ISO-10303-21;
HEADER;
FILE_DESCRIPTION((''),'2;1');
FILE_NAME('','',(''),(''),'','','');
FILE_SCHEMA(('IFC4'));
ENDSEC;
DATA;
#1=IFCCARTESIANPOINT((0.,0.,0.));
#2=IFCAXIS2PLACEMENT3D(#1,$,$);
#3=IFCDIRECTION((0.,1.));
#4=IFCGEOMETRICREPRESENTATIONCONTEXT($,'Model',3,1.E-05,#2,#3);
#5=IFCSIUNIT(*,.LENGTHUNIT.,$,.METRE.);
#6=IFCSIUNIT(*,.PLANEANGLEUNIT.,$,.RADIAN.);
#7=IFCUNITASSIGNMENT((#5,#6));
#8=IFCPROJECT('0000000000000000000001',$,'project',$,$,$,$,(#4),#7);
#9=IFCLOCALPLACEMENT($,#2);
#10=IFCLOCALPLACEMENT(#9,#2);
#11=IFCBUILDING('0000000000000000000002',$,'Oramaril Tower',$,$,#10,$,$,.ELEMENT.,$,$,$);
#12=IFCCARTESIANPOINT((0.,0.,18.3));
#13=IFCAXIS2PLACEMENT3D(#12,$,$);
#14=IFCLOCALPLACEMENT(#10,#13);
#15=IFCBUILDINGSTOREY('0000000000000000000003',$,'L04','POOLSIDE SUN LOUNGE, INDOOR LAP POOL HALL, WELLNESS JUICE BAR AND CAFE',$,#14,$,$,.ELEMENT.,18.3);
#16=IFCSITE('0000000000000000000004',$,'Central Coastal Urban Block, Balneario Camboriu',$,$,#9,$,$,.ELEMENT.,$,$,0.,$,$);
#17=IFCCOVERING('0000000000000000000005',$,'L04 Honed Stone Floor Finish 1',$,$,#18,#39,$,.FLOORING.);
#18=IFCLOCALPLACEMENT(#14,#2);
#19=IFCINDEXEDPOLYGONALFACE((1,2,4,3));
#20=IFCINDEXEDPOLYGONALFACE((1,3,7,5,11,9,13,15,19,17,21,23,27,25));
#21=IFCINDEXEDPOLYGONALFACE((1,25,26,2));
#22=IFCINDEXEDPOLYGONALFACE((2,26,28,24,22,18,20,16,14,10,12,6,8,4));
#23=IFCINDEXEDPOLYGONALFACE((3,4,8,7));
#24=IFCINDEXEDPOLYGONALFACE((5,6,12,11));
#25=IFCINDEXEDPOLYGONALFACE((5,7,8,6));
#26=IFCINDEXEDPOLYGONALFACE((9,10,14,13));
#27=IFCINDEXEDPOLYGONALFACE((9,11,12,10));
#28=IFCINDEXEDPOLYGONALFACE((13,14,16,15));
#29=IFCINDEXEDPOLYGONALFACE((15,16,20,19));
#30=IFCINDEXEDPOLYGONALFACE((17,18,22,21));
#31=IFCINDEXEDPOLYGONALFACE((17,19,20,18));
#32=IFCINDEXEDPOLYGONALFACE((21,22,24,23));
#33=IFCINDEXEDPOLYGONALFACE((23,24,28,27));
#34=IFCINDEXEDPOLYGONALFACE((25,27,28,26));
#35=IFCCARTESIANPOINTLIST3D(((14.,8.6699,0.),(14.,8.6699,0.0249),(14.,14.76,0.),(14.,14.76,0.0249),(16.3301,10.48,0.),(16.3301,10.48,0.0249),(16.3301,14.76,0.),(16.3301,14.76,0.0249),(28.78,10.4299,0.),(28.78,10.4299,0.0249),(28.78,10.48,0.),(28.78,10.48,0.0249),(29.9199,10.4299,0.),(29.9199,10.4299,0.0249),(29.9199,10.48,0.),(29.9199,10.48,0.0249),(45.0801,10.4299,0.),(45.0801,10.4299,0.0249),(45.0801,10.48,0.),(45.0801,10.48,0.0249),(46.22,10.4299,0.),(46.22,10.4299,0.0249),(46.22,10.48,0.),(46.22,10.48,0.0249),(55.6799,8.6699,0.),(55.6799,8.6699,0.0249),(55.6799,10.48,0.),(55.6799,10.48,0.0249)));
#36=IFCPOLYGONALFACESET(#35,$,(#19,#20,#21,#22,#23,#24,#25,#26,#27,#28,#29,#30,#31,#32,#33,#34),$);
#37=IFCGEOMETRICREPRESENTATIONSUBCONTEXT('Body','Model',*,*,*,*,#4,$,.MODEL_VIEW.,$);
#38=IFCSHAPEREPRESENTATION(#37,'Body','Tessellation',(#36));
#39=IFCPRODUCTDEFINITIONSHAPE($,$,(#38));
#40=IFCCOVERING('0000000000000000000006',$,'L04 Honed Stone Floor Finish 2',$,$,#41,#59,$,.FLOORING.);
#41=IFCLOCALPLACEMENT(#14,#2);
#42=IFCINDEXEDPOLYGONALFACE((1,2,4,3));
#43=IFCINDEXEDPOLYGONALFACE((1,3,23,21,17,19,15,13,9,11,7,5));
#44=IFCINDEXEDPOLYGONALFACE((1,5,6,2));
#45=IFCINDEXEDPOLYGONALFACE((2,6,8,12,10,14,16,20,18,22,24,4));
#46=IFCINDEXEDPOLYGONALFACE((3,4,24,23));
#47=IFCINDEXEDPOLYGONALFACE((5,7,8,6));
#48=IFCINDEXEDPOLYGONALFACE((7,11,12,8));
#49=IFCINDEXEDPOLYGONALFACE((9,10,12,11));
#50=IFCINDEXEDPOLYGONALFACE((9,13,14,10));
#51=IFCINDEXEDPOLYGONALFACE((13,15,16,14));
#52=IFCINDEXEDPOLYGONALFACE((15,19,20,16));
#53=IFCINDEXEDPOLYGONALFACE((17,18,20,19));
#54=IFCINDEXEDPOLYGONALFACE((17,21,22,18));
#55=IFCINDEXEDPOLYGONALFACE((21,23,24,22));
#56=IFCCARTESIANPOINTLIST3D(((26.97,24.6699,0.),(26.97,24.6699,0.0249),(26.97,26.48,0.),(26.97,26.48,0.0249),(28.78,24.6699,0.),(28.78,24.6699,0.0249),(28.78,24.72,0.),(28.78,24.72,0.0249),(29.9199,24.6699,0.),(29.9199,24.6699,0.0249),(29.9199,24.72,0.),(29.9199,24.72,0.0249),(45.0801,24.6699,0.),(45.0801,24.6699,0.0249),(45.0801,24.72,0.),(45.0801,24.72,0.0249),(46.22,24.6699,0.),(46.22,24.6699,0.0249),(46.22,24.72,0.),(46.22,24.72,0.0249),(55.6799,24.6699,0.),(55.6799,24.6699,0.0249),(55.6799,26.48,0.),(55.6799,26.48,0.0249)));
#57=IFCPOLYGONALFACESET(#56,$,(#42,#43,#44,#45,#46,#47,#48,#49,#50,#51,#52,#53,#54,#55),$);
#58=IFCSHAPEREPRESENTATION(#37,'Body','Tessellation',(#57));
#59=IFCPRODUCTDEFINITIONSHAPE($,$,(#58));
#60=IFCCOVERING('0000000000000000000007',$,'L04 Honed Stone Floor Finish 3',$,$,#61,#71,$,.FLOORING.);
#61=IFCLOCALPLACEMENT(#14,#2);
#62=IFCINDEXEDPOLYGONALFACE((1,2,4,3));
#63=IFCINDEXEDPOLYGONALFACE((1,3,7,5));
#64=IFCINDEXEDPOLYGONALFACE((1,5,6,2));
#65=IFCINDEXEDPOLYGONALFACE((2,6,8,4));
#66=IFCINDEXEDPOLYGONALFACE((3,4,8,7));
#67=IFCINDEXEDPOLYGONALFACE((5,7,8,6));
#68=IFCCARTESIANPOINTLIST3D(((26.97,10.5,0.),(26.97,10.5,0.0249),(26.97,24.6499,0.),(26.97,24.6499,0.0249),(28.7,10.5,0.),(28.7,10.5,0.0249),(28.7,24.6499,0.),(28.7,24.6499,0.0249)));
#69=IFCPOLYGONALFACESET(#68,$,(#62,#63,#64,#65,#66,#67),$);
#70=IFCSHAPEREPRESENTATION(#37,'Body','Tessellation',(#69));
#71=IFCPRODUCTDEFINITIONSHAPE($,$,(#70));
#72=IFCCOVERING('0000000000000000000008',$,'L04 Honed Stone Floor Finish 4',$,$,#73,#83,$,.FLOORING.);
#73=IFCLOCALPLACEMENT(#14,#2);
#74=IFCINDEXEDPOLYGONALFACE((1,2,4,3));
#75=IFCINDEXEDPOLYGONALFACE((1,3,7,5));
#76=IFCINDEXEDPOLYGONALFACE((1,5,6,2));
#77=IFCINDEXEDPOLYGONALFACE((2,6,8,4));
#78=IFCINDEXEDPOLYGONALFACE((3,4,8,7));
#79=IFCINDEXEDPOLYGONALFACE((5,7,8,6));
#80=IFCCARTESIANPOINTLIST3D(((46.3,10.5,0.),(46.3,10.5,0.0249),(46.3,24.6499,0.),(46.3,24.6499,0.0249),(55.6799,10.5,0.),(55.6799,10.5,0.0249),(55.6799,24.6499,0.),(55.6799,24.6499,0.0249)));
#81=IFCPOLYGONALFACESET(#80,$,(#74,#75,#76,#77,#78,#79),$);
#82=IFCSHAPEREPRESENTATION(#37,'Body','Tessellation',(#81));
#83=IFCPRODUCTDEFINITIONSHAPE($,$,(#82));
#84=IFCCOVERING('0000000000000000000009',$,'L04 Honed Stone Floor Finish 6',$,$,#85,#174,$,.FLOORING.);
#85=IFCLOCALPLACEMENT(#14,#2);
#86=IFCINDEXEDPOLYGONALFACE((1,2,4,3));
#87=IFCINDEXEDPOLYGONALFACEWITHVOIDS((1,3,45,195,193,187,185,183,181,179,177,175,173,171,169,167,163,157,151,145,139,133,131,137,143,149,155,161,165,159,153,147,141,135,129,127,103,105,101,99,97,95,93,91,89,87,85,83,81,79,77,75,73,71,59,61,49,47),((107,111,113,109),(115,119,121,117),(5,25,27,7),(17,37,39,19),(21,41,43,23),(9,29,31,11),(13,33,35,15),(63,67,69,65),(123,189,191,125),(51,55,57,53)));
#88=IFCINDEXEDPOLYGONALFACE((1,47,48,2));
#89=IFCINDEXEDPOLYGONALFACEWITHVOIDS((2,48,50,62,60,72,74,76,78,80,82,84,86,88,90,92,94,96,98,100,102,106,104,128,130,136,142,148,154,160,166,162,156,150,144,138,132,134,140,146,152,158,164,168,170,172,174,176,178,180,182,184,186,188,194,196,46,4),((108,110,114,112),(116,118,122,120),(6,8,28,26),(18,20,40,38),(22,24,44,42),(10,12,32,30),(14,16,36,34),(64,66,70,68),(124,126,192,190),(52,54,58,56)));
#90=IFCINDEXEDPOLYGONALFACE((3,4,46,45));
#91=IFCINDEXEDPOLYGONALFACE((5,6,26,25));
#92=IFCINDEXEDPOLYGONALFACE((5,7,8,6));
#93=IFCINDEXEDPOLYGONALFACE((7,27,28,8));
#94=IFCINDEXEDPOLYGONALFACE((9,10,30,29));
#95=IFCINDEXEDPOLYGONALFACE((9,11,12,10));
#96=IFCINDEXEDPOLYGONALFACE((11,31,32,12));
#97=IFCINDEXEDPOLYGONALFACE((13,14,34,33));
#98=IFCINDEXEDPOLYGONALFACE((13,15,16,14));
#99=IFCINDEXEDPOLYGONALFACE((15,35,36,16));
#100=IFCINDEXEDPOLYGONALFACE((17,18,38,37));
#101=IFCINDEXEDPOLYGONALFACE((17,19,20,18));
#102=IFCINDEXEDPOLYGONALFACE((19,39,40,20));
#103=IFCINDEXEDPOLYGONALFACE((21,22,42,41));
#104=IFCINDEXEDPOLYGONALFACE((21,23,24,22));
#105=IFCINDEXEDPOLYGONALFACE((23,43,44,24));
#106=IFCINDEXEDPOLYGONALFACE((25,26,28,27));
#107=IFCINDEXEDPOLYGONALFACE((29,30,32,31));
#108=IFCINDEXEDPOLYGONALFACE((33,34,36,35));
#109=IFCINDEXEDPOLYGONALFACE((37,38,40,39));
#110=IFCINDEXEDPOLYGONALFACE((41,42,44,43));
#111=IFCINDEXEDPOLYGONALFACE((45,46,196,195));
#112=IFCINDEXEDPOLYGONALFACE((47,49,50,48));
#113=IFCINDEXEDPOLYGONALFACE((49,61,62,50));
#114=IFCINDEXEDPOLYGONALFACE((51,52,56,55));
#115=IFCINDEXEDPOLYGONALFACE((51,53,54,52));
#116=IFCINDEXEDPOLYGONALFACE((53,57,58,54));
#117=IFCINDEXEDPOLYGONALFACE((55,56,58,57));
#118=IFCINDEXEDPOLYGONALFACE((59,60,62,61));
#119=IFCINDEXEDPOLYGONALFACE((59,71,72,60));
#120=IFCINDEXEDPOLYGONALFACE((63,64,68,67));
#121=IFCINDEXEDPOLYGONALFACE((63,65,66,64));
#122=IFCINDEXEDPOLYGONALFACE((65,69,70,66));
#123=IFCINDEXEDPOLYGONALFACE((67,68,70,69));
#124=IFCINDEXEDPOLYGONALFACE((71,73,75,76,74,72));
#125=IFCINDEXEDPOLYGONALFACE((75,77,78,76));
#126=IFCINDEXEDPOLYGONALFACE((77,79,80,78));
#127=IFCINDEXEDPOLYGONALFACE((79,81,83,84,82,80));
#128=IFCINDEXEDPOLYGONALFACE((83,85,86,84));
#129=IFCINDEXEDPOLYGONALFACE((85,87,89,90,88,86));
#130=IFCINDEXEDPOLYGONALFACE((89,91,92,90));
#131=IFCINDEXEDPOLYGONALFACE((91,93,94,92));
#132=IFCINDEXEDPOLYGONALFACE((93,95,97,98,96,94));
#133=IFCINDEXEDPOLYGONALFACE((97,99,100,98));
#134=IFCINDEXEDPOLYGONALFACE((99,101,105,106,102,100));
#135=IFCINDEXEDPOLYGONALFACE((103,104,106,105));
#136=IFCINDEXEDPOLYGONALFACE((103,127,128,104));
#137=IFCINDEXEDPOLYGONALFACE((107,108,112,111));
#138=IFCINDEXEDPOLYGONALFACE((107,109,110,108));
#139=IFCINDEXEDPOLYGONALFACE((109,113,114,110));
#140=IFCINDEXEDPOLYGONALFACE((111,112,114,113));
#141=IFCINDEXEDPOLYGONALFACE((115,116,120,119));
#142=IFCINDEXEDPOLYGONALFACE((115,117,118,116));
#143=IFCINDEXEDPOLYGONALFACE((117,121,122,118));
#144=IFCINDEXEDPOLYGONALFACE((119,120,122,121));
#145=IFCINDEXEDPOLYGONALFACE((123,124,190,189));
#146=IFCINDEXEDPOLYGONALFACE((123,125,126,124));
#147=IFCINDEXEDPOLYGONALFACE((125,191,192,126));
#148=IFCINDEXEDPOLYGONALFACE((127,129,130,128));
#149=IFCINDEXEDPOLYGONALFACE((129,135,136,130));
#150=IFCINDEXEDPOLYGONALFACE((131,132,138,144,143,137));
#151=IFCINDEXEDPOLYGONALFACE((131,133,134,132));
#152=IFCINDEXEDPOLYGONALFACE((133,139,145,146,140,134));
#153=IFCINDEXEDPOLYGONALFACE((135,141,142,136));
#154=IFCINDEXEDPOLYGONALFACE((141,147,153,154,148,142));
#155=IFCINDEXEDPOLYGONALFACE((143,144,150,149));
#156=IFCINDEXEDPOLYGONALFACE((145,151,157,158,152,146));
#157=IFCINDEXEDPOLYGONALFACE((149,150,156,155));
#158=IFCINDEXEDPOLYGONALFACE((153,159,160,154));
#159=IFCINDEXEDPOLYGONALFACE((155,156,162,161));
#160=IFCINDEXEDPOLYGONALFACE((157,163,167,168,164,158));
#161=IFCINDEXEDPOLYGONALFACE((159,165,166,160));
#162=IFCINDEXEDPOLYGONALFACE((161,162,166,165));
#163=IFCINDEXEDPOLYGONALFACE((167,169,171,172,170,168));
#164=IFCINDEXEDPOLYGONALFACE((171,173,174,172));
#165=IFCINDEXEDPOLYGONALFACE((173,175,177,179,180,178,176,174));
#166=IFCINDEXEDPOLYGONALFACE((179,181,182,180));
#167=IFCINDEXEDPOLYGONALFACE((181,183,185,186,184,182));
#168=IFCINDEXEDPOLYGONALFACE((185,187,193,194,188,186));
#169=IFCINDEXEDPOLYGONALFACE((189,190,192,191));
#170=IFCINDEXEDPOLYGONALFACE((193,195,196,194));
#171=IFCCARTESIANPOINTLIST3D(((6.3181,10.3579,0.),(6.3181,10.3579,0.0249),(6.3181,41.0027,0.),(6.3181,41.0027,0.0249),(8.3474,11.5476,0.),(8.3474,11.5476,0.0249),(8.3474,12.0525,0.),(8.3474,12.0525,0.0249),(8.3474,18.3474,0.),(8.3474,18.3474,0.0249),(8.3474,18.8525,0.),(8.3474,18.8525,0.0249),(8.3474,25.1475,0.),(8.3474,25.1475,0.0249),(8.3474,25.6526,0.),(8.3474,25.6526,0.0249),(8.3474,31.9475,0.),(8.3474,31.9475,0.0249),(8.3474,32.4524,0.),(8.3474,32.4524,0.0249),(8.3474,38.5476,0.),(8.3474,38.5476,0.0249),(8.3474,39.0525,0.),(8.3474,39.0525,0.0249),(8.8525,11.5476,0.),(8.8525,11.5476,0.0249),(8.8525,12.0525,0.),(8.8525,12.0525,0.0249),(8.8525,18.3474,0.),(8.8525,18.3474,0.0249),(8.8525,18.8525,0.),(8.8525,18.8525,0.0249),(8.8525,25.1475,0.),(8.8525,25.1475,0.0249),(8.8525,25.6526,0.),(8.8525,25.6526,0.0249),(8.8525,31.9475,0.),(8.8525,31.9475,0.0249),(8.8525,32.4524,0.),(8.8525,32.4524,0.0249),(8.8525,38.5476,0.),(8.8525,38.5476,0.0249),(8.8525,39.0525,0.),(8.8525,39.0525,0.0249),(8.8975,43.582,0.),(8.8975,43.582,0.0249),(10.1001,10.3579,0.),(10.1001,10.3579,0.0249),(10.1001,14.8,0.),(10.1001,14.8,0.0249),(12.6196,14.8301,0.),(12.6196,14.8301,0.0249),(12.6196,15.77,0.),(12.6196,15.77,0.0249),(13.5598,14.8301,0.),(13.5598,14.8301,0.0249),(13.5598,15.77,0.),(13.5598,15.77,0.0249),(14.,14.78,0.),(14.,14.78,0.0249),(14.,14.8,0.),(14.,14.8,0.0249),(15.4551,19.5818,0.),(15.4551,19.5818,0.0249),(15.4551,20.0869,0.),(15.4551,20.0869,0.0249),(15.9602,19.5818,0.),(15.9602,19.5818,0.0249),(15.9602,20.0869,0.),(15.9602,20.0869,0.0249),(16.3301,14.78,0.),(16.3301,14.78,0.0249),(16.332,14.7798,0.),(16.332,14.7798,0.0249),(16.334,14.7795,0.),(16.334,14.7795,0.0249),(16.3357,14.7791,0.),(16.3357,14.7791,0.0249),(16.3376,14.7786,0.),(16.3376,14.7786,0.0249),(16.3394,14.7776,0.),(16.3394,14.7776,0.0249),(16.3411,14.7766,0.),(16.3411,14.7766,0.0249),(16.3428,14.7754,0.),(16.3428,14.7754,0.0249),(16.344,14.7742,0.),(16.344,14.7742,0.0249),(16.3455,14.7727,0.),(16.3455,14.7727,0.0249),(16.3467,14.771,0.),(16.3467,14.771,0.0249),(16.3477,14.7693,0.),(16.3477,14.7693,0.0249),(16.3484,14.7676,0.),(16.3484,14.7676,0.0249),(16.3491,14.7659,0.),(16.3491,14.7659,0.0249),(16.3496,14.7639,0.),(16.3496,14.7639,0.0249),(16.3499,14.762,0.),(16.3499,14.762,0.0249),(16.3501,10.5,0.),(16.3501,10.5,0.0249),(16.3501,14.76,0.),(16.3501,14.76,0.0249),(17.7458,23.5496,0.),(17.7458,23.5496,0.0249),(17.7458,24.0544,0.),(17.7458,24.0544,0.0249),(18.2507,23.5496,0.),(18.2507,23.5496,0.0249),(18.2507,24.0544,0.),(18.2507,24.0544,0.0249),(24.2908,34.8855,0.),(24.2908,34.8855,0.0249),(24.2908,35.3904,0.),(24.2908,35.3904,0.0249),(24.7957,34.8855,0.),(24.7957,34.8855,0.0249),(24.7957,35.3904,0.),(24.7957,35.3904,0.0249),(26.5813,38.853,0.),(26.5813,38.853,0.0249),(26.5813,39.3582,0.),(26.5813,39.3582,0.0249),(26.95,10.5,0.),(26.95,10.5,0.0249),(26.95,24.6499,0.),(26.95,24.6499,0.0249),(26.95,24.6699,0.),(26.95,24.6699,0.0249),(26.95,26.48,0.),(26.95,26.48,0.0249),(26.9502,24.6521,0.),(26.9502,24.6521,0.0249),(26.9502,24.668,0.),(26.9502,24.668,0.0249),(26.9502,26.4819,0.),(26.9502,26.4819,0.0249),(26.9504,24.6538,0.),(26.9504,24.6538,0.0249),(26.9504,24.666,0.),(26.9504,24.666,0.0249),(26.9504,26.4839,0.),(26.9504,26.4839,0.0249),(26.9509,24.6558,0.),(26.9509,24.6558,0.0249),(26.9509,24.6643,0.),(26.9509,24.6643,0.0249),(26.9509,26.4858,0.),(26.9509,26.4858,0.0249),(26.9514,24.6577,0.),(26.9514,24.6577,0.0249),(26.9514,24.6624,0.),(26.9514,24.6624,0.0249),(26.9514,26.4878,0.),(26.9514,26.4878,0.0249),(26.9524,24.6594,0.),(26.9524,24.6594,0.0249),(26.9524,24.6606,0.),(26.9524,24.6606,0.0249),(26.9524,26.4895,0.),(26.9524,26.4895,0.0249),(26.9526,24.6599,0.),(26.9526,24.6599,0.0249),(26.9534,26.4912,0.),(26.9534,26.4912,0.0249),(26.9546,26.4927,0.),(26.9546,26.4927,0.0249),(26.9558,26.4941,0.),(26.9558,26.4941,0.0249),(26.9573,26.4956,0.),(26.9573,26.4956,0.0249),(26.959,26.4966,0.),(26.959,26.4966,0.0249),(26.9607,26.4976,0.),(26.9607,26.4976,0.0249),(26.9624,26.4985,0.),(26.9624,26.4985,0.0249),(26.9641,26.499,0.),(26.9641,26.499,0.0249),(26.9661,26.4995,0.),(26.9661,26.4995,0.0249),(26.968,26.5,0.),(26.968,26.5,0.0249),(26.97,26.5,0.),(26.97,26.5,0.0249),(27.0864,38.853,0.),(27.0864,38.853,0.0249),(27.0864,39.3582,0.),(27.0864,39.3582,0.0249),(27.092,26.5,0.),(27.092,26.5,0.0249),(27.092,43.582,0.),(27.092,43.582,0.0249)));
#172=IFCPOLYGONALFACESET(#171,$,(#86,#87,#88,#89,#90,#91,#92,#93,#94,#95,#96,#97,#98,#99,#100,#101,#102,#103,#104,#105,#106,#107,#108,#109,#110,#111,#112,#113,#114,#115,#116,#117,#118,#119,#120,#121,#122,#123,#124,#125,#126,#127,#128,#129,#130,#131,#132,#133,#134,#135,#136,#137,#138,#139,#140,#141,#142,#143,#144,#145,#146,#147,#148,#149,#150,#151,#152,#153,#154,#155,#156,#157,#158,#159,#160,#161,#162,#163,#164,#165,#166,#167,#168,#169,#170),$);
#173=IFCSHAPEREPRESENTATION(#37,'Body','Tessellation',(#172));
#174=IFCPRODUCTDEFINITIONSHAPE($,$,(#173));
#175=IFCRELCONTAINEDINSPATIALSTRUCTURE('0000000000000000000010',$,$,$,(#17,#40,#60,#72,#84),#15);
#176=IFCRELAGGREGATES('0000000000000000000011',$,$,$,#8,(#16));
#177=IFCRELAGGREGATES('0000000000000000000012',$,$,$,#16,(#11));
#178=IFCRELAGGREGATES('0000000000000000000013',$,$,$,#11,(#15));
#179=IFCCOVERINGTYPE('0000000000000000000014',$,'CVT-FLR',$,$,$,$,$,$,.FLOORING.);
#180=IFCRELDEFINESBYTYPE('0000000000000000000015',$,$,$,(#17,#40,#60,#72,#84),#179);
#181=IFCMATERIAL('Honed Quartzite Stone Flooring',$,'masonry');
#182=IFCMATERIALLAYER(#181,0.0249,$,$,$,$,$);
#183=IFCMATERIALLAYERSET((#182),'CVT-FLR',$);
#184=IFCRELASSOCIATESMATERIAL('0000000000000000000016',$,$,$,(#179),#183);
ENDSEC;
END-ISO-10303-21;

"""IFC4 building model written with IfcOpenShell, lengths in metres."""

from ifc_helpers import new_model, si_unit, direction, frame, origin, place, context, subcontext, project, spatial, polyline, outline, extrude, material, layer, layer_set, type_object, element, save


model = new_model("IFC4")

# Units and contexts
model_context = context("Model", 3, precision=1e-05, world=origin(), true_north=direction((0.0, 1.0)))
body_context = subcontext(model_context, "Body", "Model", "MODEL_VIEW")
ifc_project = project(units=[si_unit("LENGTHUNIT", "METRE"), si_unit("PLANEANGLEUNIT", "RADIAN")], contexts=[model_context])

# Site, building, storey
site_placement = place(None, origin())
site = spatial("IfcSite", under=ifc_project, at=site_placement, Name="Central Coastal Urban Block, Balneario Camboriu", CompositionType="ELEMENT", RefElevation=0.0)
building_placement = place(site_placement, origin())
building = spatial("IfcBuilding", under=site, at=building_placement, Name="Oramaril Tower", CompositionType="ELEMENT")
storey_placement = place(building_placement, frame((0.0, 0.0, 18.3)))
storey = spatial("IfcBuildingStorey", under=building, at=storey_placement, Name="L04", Description="POOLSIDE SUN LOUNGE, INDOOR LAP POOL HALL, WELLNESS JUICE BAR AND CAFE", CompositionType="ELEMENT", Elevation=18.3)

# Coverings
ifc_material_1 = material(Name="Honed Quartzite Stone Flooring", Category="masonry")
ifc_layer_1 = layer(ifc_material_1, 0.0249)
ifc_layer_set_1 = layer_set([ifc_layer_1], Name="CVT-FLR")
covering_type_1 = type_object("IfcCoveringType", Name="CVT-FLR", PredefinedType="FLOORING", material=ifc_layer_set_1)
covering_1_placement = place(storey_placement, origin())
element("IfcCovering", 1, at=covering_1_placement, inside=storey, type_object=covering_type_1, Name="L04 Honed Stone Floor Finish 1", PredefinedType="FLOORING", context=body_context, shape_type="SweptSolid", body=[
    extrude(outline(polyline([(28.78, 10.48), (28.78, 10.4299), (29.9199, 10.4299), (29.9199, 10.48), (45.0801, 10.48), (45.0801, 10.4299), (46.22, 10.4299), (46.22, 10.48), (55.6799, 10.48), (55.6799, 8.6699), (14.0, 8.6699), (14.0, 14.76), (16.3301, 14.76), (16.3301, 10.48), (28.78, 10.48)])), origin(), (0.0, 0.0, 1.0), 0.0249),
])
covering_2_placement = place(storey_placement, origin())
element("IfcCovering", 2, at=covering_2_placement, inside=storey, type_object=covering_type_1, Name="L04 Honed Stone Floor Finish 2", PredefinedType="FLOORING", context=body_context, shape_type="SweptSolid", body=[
    extrude(outline(polyline([(55.6799, 26.48), (55.6799, 24.6699), (46.22, 24.6699), (46.22, 24.72), (45.0801, 24.72), (45.0801, 24.6699), (29.9199, 24.6699), (29.9199, 24.72), (28.78, 24.72), (28.78, 24.6699), (26.97, 24.6699), (26.97, 26.48), (55.6799, 26.48)])), origin(), (0.0, 0.0, 1.0), 0.0249),
])
covering_3_placement = place(storey_placement, origin())
element("IfcCovering", 3, at=covering_3_placement, inside=storey, type_object=covering_type_1, Name="L04 Honed Stone Floor Finish 3", PredefinedType="FLOORING", context=body_context, shape_type="SweptSolid", body=[
    extrude(outline(polyline([(28.7, 10.5), (26.97, 10.5), (26.97, 24.6499), (28.7, 24.6499), (28.7, 10.5)])), origin(), (0.0, 0.0, 1.0), 0.0249),
])
covering_4_placement = place(storey_placement, origin())
element("IfcCovering", 4, at=covering_4_placement, inside=storey, type_object=covering_type_1, Name="L04 Honed Stone Floor Finish 4", PredefinedType="FLOORING", context=body_context, shape_type="SweptSolid", body=[
    extrude(outline(polyline([(55.6799, 10.5), (46.3, 10.5), (46.3, 24.6499), (55.6799, 24.6499), (55.6799, 10.5)])), origin(), (0.0, 0.0, 1.0), 0.0249),
])
covering_5_placement = place(storey_placement, origin())
element("IfcCovering", 5, at=covering_5_placement, inside=storey, type_object=covering_type_1, Name="L04 Honed Stone Floor Finish 6", PredefinedType="FLOORING", context=body_context, shape_type="SweptSolid", body=[
    extrude(outline(polyline([(27.092, 43.582), (27.092, 26.5), (26.97, 26.5), (26.968, 26.5), (26.9661, 26.4995), (26.9641, 26.499), (26.9624, 26.4985), (26.9607, 26.4976), (26.959, 26.4966), (26.9573, 26.4956), (26.9558, 26.4941), (26.9546, 26.4927), (26.9534, 26.4912), (26.9524, 26.4895), (26.9514, 26.4878), (26.9509, 26.4858), (26.9504, 26.4839), (26.9502, 26.4819), (26.95, 26.48), (26.95, 24.6699), (26.9502, 24.668), (26.9504, 24.666), (26.9509, 24.6643), (26.9514, 24.6624), (26.9524, 24.6606), (26.9526, 24.6599), (26.9524, 24.6594), (26.9514, 24.6577), (26.9509, 24.6558), (26.9504, 24.6538), (26.9502, 24.6521), (26.95, 24.6499), (26.95, 10.5), (16.3501, 10.5), (16.3501, 14.76), (16.3499, 14.762), (16.3496, 14.7639), (16.3491, 14.7659), (16.3484, 14.7676), (16.3477, 14.7693), (16.3467, 14.771), (16.3455, 14.7727), (16.344, 14.7742), (16.3428, 14.7754), (16.3411, 14.7766), (16.3394, 14.7776), (16.3376, 14.7786), (16.3357, 14.7791), (16.334, 14.7795), (16.332, 14.7798), (16.3301, 14.78), (14.0, 14.78), (14.0, 14.8), (10.1001, 14.8), (10.1001, 10.3579), (6.3181, 10.3579), (6.3181, 41.0027), (8.8975, 43.582), (27.092, 43.582)]), holes=[polyline([(8.8525, 12.0525), (8.3474, 12.0525), (8.3474, 11.5476), (8.8525, 11.5476), (8.8525, 12.0525)]), polyline([(13.5598, 15.77), (12.6196, 15.77), (12.6196, 14.8301), (13.5598, 14.8301), (13.5598, 15.77)]), polyline([(8.8525, 18.8525), (8.3474, 18.8525), (8.3474, 18.3474), (8.8525, 18.3474), (8.8525, 18.8525)]), polyline([(15.9602, 19.5818), (15.9602, 20.0869), (15.4551, 20.0869), (15.4551, 19.5818), (15.9602, 19.5818)]), polyline([(18.2507, 23.5496), (18.2507, 24.0544), (17.7458, 24.0544), (17.7458, 23.5496), (18.2507, 23.5496)]), polyline([(8.8525, 25.6526), (8.3474, 25.6526), (8.3474, 25.1475), (8.8525, 25.1475), (8.8525, 25.6526)]), polyline([(8.8525, 32.4524), (8.3474, 32.4524), (8.3474, 31.9475), (8.8525, 31.9475), (8.8525, 32.4524)]), polyline([(24.7957, 35.3904), (24.2908, 35.3904), (24.2908, 34.8855), (24.7957, 34.8855), (24.7957, 35.3904)]), polyline([(8.8525, 38.5476), (8.8525, 39.0525), (8.3474, 39.0525), (8.3474, 38.5476), (8.8525, 38.5476)]), polyline([(27.0864, 38.853), (27.0864, 39.3582), (26.5813, 39.3582), (26.5813, 38.853), (27.0864, 38.853)])]), origin(), (0.0, 0.0, 1.0), 0.0249),
])

save(model, "model.ifc")
